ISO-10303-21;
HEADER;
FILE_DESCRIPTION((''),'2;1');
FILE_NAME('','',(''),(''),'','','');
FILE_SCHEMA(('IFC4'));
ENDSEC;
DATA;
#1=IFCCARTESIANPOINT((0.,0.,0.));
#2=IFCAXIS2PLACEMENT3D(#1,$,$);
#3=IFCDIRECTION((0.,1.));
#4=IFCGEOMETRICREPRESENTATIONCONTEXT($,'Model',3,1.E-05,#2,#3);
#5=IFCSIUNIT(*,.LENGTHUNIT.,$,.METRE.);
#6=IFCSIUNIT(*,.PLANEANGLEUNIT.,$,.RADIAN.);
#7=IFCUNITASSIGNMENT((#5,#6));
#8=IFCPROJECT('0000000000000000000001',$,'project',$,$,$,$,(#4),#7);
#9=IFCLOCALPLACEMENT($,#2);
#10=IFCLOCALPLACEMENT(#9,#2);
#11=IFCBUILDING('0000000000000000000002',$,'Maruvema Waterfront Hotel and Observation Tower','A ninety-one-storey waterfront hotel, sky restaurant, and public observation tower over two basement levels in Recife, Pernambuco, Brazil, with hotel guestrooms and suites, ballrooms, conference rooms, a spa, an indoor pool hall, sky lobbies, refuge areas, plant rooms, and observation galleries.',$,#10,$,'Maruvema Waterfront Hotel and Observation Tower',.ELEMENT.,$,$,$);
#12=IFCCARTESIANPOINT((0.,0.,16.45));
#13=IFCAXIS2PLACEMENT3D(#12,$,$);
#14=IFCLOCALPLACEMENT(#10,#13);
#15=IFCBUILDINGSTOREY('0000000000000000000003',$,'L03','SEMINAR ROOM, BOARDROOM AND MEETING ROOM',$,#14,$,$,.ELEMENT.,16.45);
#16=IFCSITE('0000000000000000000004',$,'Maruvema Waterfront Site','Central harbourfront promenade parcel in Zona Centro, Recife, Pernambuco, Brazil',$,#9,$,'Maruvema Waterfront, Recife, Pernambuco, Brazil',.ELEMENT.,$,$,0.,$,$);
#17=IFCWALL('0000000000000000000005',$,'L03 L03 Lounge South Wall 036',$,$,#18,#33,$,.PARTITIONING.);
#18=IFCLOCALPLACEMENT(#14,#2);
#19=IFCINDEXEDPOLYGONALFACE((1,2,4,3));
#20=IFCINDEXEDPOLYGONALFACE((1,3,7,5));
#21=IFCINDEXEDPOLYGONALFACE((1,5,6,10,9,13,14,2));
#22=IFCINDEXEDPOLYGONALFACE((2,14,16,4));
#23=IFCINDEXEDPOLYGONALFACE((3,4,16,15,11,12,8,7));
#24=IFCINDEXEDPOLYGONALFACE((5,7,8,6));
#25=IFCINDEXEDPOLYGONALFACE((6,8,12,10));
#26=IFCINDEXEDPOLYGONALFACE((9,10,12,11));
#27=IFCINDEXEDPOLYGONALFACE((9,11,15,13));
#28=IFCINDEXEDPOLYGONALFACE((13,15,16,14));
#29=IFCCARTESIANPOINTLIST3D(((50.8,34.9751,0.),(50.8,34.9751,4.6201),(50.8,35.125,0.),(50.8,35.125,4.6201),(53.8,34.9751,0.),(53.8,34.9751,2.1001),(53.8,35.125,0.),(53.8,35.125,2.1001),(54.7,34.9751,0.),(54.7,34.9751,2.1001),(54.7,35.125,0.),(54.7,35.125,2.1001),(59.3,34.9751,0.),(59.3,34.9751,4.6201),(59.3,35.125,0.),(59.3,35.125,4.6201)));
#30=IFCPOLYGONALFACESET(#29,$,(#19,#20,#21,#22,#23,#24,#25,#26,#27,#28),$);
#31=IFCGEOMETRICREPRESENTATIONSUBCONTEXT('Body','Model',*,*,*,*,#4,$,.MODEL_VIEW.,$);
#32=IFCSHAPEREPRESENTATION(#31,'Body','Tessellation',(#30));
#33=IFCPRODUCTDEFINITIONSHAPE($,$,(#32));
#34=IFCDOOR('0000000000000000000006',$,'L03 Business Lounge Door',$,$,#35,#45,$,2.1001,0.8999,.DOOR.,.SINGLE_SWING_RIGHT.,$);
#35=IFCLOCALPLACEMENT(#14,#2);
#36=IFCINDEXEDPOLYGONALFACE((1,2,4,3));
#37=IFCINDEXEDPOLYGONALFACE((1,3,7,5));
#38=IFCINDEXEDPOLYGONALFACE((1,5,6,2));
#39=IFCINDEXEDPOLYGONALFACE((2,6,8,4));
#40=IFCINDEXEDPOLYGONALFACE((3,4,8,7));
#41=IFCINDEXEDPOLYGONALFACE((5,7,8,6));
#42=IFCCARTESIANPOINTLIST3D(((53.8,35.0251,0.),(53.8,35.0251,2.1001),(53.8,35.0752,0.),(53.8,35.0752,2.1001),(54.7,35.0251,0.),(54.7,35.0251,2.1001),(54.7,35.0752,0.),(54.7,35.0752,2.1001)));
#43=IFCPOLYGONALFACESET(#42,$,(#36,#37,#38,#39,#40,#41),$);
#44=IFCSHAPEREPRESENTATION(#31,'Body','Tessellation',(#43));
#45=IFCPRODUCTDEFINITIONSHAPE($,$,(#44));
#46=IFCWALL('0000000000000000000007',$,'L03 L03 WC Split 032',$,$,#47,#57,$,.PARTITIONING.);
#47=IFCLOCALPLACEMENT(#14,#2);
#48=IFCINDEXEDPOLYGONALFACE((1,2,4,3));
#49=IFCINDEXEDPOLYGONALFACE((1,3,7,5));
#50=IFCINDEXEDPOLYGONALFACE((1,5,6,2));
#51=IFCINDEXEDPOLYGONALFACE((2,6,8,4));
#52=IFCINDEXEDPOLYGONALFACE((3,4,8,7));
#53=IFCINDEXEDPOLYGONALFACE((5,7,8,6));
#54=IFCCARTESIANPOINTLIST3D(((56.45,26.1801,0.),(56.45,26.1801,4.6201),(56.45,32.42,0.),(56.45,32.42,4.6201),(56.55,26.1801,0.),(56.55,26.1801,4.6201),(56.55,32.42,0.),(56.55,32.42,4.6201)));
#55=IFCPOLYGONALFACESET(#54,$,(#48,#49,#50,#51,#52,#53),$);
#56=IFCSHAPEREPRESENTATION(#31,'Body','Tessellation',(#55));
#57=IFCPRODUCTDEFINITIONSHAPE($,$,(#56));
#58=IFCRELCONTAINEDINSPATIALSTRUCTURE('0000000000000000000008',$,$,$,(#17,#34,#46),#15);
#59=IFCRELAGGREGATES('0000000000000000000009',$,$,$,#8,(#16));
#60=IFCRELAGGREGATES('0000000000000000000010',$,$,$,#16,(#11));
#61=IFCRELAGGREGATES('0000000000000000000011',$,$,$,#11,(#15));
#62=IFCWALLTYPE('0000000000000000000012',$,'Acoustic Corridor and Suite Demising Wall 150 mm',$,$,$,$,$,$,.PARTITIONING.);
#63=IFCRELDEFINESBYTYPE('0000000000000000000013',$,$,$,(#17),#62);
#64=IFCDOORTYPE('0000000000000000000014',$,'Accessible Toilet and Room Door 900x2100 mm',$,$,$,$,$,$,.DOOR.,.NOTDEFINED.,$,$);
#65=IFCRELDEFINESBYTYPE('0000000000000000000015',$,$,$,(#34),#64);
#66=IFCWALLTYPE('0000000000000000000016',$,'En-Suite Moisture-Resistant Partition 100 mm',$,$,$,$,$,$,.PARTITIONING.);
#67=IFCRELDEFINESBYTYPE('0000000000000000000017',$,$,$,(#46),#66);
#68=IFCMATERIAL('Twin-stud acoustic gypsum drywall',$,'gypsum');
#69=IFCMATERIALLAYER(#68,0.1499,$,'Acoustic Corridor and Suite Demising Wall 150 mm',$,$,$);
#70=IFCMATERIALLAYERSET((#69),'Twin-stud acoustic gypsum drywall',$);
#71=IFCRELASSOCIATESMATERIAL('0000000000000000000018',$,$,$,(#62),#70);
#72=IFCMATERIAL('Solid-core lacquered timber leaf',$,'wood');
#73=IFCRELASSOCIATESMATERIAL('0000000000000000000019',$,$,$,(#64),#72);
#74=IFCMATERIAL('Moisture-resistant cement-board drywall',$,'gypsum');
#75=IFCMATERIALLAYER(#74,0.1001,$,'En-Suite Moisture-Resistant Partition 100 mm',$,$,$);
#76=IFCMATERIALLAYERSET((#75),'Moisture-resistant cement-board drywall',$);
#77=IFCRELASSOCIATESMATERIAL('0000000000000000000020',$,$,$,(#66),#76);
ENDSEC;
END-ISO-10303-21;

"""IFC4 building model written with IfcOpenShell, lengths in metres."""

from ifc_helpers import new_model, si_unit, direction, frame, frame_2d, origin, place, context, subcontext, project, spatial, rectangle, extrude, material, layer, layer_set, type_object, element, fill, save


model = new_model("IFC4")

# Units and contexts
model_context = context("Model", 3, precision=1e-05, world=origin(), true_north=direction((0.0, 1.0)))
body_context = subcontext(model_context, "Body", "Model", "MODEL_VIEW")
ifc_project = project(units=[si_unit("LENGTHUNIT", "METRE"), si_unit("PLANEANGLEUNIT", "RADIAN")], contexts=[model_context])

# Site, building, storey
site_placement = place(None, origin())
site = spatial("IfcSite", under=ifc_project, at=site_placement, Name="Maruvema Waterfront Site", Description="Central harbourfront promenade parcel in Zona Centro, Recife, Pernambuco, Brazil", LongName="Maruvema Waterfront, Recife, Pernambuco, Brazil", CompositionType="ELEMENT", RefElevation=0.0)
building_placement = place(site_placement, origin())
building = spatial("IfcBuilding", under=site, at=building_placement, Name="Maruvema Waterfront Hotel and Observation Tower", Description="A ninety-one-storey waterfront hotel, sky restaurant, and public observation tower over two basement levels in Recife, Pernambuco, Brazil, with hotel guestrooms and suites, ballrooms, conference rooms, a spa, an indoor pool hall, sky lobbies, refuge areas, plant rooms, and observation galleries.", LongName="Maruvema Waterfront Hotel and Observation Tower", CompositionType="ELEMENT")
storey_placement = place(building_placement, frame((0.0, 0.0, 16.45)))
storey = spatial("IfcBuildingStorey", under=building, at=storey_placement, Name="L03", Description="SEMINAR ROOM, BOARDROOM AND MEETING ROOM", CompositionType="ELEMENT", Elevation=16.45)

# Shared definitions
ifc_material_1 = material(Name="Twin-stud acoustic gypsum drywall", Category="gypsum")
ifc_layer_1 = layer(ifc_material_1, 0.1499, Name="Acoustic Corridor and Suite Demising Wall 150 mm")
ifc_layer_set_1 = layer_set([ifc_layer_1], Name="Twin-stud acoustic gypsum drywall")
wall_type_1 = type_object("IfcWallType", Name="Acoustic Corridor and Suite Demising Wall 150 mm", PredefinedType="PARTITIONING", material=ifc_layer_set_1)
ifc_material_2 = material(Name="Solid-core lacquered timber leaf", Category="wood")
door_type_1 = type_object("IfcDoorType", Name="Accessible Toilet and Room Door 900x2100 mm", OperationType="NOTDEFINED", PredefinedType="DOOR", material=ifc_material_2)

# Wall, opening, door
wall_1_placement = place(storey_placement, frame((50.8, 35.05, 0.0), z_axis=(0.0, 0.0, 1.0), x_axis=(1.0, 0.0, 0.0)))
wall_1 = element("IfcWall", 1, at=wall_1_placement, inside=storey, type_object=wall_type_1, Name="L03 L03 Lounge South Wall 036", PredefinedType="PARTITIONING", context=body_context, shape_type="SweptSolid", body=[
    extrude(rectangle(XDim=8.5, YDim=0.1499, at=frame_2d((4.25, 0.0))), origin(), (0.0, 0.0, 1.0), 4.6201),
])
opening_1_placement = place(wall_1_placement, frame((3.0, 0.0, 0.0)))
opening_1 = element("IfcOpeningElement", 2, at=opening_1_placement, cuts=wall_1, PredefinedType="OPENING", context=body_context, shape_type="SweptSolid", body=[
    extrude(rectangle(XDim=0.8999, YDim=2.1001, at=frame_2d((0.45, 1.05))), frame((0.0, 0.085, 0.0), z_axis=(0.0, -1.0, 0.0), x_axis=(1.0, 0.0, 0.0)), (0.0, 0.0, 1.0), 0.1699),
])
door_1_placement = place(opening_1_placement, frame((0.8999, 0.0, 0.0), z_axis=(0.0, 0.0, 1.0), x_axis=(-1.0, 0.0, 0.0)))
door_1 = element("IfcDoor", 3, at=door_1_placement, inside=storey, type_object=door_type_1, Name="L03 Business Lounge Door", OperationType="SINGLE_SWING_RIGHT", OverallHeight=2.1001, OverallWidth=0.8999, PredefinedType="DOOR", context=body_context, shape_type="SweptSolid", body=[
    extrude(rectangle(XDim=0.8999, YDim=2.1001, at=frame_2d((0.45, 1.05))), frame((0.0, 0.0249, 0.0), z_axis=(0.0, -1.0, 0.0), x_axis=(1.0, 0.0, 0.0)), (0.0, 0.0, 1.0), 0.05),
])
fill(opening_1, door_1)

# Wall
ifc_material_3 = material(Name="Moisture-resistant cement-board drywall", Category="gypsum")
ifc_layer_2 = layer(ifc_material_3, 0.1001, Name="En-Suite Moisture-Resistant Partition 100 mm")
ifc_layer_set_2 = layer_set([ifc_layer_2], Name="Moisture-resistant cement-board drywall")
wall_type_2 = type_object("IfcWallType", Name="En-Suite Moisture-Resistant Partition 100 mm", PredefinedType="PARTITIONING", material=ifc_layer_set_2)
wall_2_placement = place(storey_placement, frame((56.5, 26.1799, 0.0), z_axis=(0.0, 0.0, 1.0), x_axis=(0.0, 1.0, 0.0)))
element("IfcWall", 4, at=wall_2_placement, inside=storey, type_object=wall_type_2, Name="L03 L03 WC Split 032", PredefinedType="PARTITIONING", context=body_context, shape_type="SweptSolid", body=[
    extrude(rectangle(XDim=6.24, YDim=0.1001, at=frame_2d((3.1201, 0.0))), origin(), (0.0, 0.0, 1.0), 4.6201),
])

save(model, "model.ifc")
